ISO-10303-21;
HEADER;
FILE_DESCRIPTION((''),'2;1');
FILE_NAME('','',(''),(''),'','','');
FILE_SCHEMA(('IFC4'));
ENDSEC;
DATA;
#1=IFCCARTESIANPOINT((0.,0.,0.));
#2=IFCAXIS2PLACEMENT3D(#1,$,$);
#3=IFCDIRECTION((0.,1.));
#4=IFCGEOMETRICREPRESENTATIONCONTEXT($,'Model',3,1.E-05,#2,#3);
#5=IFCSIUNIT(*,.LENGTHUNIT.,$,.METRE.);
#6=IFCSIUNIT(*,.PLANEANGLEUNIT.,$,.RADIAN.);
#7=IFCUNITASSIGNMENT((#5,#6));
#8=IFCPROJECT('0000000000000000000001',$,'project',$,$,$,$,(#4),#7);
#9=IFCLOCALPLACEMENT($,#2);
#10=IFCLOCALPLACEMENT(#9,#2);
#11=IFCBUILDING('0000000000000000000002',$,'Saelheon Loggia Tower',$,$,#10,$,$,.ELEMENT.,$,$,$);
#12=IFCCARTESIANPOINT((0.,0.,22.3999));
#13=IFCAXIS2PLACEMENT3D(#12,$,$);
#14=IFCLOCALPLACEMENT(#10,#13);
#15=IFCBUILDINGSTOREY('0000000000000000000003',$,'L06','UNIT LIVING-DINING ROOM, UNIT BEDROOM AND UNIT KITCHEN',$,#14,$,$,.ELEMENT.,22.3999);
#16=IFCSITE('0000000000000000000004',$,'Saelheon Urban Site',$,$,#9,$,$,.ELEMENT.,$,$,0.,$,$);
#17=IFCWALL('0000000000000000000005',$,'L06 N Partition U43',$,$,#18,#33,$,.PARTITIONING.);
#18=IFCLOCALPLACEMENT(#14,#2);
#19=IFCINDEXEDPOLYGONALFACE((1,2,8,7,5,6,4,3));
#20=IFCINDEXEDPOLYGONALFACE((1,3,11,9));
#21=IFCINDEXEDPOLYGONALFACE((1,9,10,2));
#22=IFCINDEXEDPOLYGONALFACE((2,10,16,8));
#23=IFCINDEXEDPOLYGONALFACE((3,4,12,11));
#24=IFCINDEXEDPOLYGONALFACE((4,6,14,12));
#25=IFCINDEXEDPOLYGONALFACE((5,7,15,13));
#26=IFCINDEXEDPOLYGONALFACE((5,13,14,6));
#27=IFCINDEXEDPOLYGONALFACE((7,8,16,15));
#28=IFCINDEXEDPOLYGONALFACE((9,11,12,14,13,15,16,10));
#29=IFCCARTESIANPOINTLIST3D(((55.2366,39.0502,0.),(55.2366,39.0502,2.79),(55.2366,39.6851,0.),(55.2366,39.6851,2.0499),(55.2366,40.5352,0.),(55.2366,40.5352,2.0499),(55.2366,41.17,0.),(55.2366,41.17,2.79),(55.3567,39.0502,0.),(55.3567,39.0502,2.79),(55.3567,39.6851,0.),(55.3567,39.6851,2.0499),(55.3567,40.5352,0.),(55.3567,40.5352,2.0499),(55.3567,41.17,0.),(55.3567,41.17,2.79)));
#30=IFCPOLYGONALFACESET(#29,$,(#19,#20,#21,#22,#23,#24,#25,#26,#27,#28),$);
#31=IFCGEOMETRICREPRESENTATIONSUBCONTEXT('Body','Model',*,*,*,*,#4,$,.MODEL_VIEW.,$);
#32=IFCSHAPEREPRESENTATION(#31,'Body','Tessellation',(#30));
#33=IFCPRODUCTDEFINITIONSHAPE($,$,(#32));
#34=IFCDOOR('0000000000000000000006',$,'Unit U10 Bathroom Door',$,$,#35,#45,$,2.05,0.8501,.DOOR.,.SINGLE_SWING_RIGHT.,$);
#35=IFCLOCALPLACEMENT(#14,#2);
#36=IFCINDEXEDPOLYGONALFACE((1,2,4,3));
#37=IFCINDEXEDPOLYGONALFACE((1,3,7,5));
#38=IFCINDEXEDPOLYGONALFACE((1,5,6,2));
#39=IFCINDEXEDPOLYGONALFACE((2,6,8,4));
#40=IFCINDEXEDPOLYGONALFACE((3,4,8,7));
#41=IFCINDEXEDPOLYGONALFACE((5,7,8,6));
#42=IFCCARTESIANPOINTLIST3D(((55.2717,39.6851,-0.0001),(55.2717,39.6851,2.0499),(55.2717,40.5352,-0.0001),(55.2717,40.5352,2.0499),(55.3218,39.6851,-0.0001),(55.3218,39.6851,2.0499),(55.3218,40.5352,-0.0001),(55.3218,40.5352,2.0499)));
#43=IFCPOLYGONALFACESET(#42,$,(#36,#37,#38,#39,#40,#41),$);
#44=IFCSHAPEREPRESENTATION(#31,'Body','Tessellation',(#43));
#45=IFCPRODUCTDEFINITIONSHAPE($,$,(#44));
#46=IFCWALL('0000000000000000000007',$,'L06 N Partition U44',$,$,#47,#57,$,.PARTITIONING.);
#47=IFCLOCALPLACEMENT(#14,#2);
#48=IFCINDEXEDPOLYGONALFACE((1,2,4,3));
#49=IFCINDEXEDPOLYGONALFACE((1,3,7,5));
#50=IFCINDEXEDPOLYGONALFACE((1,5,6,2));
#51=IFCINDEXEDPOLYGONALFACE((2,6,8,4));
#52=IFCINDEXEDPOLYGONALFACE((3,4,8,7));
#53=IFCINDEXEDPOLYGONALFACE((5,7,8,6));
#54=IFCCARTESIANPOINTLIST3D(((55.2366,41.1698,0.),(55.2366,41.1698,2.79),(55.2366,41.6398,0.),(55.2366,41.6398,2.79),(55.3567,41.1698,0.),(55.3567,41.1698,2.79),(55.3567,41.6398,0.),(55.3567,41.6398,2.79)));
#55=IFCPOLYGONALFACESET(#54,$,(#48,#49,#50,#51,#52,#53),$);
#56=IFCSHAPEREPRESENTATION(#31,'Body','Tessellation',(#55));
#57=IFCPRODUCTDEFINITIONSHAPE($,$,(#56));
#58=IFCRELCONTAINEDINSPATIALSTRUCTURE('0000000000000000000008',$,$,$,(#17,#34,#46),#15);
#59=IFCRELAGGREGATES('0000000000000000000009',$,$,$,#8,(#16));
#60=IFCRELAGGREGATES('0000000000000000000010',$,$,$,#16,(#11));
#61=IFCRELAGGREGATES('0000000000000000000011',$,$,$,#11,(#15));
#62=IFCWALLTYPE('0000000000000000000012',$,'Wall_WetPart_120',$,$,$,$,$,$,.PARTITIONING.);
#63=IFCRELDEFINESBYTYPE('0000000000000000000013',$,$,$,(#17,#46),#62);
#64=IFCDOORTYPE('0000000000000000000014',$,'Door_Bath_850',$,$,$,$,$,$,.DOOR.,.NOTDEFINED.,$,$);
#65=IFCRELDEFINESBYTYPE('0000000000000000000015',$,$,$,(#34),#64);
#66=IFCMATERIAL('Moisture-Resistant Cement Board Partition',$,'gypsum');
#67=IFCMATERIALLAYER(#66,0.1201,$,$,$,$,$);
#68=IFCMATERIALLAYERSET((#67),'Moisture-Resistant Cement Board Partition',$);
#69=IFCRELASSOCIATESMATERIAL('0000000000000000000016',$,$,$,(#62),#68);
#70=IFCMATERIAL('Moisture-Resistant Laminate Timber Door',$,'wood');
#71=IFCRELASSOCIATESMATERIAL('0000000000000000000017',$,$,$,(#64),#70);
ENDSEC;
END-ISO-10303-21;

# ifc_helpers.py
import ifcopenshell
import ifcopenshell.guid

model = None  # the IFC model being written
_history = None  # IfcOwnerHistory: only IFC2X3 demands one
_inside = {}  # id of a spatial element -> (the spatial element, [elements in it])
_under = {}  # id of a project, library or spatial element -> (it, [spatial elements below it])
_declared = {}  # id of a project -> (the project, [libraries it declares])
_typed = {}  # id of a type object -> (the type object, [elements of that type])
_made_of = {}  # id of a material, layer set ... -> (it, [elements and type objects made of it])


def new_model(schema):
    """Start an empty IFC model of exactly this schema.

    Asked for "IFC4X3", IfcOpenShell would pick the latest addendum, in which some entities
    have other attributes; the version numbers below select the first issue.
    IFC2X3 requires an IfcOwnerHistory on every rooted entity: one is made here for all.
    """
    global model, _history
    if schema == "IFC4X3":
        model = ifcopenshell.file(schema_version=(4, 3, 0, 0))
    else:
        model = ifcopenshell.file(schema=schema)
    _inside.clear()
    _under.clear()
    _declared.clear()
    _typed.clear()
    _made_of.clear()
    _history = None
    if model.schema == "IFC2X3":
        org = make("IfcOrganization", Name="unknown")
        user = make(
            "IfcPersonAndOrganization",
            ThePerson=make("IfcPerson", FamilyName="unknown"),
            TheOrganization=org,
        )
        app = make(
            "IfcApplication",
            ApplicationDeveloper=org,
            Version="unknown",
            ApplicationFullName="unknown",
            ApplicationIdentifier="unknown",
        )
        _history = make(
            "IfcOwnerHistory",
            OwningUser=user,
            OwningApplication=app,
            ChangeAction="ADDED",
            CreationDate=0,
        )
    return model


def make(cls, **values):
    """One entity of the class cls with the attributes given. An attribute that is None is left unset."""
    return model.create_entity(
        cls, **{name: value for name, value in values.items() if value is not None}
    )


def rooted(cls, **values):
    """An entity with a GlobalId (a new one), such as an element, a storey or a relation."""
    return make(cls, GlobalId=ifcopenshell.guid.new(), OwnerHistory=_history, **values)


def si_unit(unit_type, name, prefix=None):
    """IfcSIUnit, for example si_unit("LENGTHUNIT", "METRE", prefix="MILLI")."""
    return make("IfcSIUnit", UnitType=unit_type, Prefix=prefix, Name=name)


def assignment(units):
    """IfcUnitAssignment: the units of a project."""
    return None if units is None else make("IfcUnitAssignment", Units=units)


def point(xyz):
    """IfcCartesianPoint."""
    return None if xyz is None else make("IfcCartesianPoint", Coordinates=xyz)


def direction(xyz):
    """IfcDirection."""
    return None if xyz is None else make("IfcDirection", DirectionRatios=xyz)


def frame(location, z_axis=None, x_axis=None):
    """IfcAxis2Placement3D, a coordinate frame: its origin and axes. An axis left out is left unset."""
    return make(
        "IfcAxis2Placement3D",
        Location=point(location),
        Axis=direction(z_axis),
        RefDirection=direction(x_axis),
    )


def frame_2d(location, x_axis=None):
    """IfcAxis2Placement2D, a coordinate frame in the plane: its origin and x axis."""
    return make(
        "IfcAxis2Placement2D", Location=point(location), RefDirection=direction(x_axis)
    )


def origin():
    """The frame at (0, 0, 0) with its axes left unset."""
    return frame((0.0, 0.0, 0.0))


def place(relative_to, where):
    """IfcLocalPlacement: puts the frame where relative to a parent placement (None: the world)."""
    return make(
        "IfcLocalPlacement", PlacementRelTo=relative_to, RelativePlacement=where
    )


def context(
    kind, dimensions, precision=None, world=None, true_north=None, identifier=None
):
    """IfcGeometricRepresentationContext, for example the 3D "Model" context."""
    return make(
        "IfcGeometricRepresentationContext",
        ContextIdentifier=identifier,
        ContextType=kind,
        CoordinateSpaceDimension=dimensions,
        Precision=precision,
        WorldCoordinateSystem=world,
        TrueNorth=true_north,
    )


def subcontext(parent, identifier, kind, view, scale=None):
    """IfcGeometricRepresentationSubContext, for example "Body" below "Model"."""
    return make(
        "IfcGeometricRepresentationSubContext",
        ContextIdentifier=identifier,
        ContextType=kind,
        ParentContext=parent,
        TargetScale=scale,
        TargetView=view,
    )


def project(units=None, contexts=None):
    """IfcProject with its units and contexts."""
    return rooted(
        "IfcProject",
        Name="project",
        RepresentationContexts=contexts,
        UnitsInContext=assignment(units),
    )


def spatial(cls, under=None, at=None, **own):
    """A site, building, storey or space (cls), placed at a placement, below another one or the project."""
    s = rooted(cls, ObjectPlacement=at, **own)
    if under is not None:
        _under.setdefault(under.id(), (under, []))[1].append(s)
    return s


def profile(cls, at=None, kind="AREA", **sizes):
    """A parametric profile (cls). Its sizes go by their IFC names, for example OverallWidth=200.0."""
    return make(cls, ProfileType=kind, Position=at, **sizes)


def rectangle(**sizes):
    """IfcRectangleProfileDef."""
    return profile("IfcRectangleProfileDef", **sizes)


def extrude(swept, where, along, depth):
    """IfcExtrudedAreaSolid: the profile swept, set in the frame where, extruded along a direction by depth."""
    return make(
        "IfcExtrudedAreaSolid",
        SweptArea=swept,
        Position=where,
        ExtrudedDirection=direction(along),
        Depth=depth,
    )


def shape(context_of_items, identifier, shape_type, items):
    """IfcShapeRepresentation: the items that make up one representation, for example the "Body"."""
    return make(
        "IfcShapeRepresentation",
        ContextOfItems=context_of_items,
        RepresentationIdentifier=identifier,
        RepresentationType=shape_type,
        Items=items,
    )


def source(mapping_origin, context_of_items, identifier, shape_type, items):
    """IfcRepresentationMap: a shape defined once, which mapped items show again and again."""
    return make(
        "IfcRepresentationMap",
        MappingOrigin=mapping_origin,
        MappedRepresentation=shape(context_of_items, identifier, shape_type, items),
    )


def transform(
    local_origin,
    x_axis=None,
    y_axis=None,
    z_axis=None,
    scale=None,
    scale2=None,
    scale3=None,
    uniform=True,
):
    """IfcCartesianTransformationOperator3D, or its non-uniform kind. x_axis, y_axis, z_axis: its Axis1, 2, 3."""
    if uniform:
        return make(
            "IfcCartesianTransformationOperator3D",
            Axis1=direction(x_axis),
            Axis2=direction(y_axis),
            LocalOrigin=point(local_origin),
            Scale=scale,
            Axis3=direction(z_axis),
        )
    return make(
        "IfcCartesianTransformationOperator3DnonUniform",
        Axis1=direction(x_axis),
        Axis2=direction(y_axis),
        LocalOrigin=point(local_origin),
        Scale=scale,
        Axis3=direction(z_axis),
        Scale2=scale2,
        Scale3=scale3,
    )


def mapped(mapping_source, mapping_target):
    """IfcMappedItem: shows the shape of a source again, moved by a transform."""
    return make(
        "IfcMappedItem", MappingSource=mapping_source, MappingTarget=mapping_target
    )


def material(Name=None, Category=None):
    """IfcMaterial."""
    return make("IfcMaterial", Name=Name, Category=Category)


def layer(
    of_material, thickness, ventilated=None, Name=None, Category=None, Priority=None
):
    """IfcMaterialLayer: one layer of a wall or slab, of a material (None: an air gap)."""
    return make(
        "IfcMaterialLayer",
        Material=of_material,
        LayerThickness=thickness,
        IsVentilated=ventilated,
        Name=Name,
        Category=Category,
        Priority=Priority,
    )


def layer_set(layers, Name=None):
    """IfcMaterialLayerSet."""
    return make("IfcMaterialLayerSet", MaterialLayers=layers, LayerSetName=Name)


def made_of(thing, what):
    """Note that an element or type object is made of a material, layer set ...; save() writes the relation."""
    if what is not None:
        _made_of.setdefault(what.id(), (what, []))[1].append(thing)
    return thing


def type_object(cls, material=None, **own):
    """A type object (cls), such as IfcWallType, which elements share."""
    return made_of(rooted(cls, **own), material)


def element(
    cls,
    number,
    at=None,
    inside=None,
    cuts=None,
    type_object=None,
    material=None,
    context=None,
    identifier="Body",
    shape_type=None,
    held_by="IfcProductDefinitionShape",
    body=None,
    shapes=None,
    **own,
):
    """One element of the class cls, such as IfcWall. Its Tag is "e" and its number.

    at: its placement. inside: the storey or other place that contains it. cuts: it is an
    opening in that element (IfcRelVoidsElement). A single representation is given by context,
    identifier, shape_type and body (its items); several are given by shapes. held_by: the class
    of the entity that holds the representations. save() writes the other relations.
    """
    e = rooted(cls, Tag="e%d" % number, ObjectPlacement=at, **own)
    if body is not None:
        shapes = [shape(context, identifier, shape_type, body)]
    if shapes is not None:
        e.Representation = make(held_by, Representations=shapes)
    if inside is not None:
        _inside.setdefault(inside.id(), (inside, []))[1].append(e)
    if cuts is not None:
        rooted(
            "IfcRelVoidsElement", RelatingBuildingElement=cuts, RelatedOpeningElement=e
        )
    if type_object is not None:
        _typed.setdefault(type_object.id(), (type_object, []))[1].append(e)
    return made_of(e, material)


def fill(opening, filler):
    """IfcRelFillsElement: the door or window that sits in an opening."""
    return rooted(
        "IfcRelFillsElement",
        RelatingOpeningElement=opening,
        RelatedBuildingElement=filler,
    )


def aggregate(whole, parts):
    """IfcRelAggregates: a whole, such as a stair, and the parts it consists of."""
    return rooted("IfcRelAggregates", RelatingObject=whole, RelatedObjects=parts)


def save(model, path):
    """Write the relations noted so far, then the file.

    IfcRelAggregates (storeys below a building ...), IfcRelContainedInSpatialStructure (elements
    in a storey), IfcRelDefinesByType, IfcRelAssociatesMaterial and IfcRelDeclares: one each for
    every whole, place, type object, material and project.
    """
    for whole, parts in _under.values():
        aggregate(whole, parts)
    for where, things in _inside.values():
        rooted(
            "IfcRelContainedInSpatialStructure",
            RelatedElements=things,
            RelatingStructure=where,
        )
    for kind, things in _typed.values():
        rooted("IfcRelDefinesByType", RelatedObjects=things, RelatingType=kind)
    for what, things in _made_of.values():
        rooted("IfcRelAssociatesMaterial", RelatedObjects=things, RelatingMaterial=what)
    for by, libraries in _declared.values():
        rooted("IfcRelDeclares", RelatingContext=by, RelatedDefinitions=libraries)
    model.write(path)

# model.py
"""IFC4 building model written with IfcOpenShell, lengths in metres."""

from ifc_helpers import new_model, si_unit, direction, frame, frame_2d, origin, place, context, subcontext, project, spatial, rectangle, extrude, source, transform, mapped, material, layer, layer_set, type_object, element, fill, save


model = new_model("IFC4")

# Units and contexts
model_context = context("Model", 3, precision=1e-05, world=origin(), true_north=direction((0.0, 1.0)))
body_context = subcontext(model_context, "Body", "Model", "MODEL_VIEW")
ifc_project = project(units=[si_unit("LENGTHUNIT", "METRE"), si_unit("PLANEANGLEUNIT", "RADIAN")], contexts=[model_context])

# Site, building, storey
site_placement = place(None, origin())
site = spatial("IfcSite", under=ifc_project, at=site_placement, Name="Saelheon Urban Site", CompositionType="ELEMENT", RefElevation=0.0)
building_placement = place(site_placement, origin())
building = spatial("IfcBuilding", under=site, at=building_placement, Name="Saelheon Loggia Tower", CompositionType="ELEMENT")
storey_placement = place(building_placement, frame((0.0, 0.0, 22.3999)))
storey = spatial("IfcBuildingStorey", under=building, at=storey_placement, Name="L06", Description="UNIT LIVING-DINING ROOM, UNIT BEDROOM AND UNIT KITCHEN", CompositionType="ELEMENT", Elevation=22.3999)

# Shared definitions
ifc_material_1 = material(Name="Moisture-Resistant Cement Board Partition", Category="gypsum")
ifc_layer_1 = layer(ifc_material_1, 0.1201)
ifc_layer_set_1 = layer_set([ifc_layer_1], Name="Moisture-Resistant Cement Board Partition")
wall_type_1 = type_object("IfcWallType", Name="Wall_WetPart_120", PredefinedType="PARTITIONING", material=ifc_layer_set_1)

# Wall, opening, door
wall_1_placement = place(storey_placement, frame((55.2966, 39.05, 0.0), z_axis=(0.0, 0.0, 1.0), x_axis=(0.0, 1.0, 0.0)))
wall_1 = element("IfcWall", 1, at=wall_1_placement, inside=storey, type_object=wall_type_1, Name="L06 N Partition U43", PredefinedType="PARTITIONING", context=body_context, shape_type="SweptSolid", body=[
    extrude(rectangle(XDim=2.1199, YDim=0.1201, at=frame_2d((1.0601, 0.0))), origin(), (0.0, 0.0, 1.0), 2.79),
])
opening_1_placement = place(wall_1_placement, frame((0.635, 0.0, 0.0)))
opening_1 = element("IfcOpeningElement", 2, at=opening_1_placement, cuts=wall_1, PredefinedType="OPENING", context=body_context, shape_type="SweptSolid", body=[
    extrude(rectangle(XDim=0.8501, YDim=2.05, at=frame_2d((0.425, 1.0249))), frame((0.0, 0.072, 0.0), z_axis=(0.0, -1.0, 0.0), x_axis=(1.0, 0.0, 0.0)), (0.0, 0.0, 1.0), 0.144),
])
ifc_material_2 = material(Name="Moisture-Resistant Laminate Timber Door", Category="wood")
door_type_1 = type_object("IfcDoorType", Name="Door_Bath_850", OperationType="NOTDEFINED", PredefinedType="DOOR", material=ifc_material_2)
shared_shape_1 = source(origin(), body_context, "Body", "SweptSolid", [
    extrude(rectangle(XDim=0.8501, YDim=2.05, at=frame_2d((0.425, 1.0249))), frame((0.0, 0.0249, 0.0), z_axis=(0.0, -1.0, 0.0), x_axis=(1.0, 0.0, 0.0)), (0.0, 0.0, 1.0), 0.05),
])
door_1_placement = place(opening_1_placement, origin())
door_1 = element("IfcDoor", 3, at=door_1_placement, inside=storey, type_object=door_type_1, Name="Unit U10 Bathroom Door", OperationType="SINGLE_SWING_RIGHT", OverallHeight=2.05, OverallWidth=0.8501, PredefinedType="DOOR", context=body_context, shape_type="MappedRepresentation", body=[
    mapped(shared_shape_1, transform((0.0, 0.0, 0.0), scale=1.0)),
])
fill(opening_1, door_1)

# Wall
wall_2_placement = place(storey_placement, frame((55.2966, 41.1699, 0.0), z_axis=(0.0, 0.0, 1.0), x_axis=(0.0, 1.0, 0.0)))
element("IfcWall", 4, at=wall_2_placement, inside=storey, type_object=wall_type_1, Name="L06 N Partition U44", PredefinedType="PARTITIONING", context=body_context, shape_type="SweptSolid", body=[
    extrude(rectangle(XDim=0.47, YDim=0.1201, at=frame_2d((0.2349, 0.0))), origin(), (0.0, 0.0, 1.0), 2.79),
])

save(model, "model.ifc")
